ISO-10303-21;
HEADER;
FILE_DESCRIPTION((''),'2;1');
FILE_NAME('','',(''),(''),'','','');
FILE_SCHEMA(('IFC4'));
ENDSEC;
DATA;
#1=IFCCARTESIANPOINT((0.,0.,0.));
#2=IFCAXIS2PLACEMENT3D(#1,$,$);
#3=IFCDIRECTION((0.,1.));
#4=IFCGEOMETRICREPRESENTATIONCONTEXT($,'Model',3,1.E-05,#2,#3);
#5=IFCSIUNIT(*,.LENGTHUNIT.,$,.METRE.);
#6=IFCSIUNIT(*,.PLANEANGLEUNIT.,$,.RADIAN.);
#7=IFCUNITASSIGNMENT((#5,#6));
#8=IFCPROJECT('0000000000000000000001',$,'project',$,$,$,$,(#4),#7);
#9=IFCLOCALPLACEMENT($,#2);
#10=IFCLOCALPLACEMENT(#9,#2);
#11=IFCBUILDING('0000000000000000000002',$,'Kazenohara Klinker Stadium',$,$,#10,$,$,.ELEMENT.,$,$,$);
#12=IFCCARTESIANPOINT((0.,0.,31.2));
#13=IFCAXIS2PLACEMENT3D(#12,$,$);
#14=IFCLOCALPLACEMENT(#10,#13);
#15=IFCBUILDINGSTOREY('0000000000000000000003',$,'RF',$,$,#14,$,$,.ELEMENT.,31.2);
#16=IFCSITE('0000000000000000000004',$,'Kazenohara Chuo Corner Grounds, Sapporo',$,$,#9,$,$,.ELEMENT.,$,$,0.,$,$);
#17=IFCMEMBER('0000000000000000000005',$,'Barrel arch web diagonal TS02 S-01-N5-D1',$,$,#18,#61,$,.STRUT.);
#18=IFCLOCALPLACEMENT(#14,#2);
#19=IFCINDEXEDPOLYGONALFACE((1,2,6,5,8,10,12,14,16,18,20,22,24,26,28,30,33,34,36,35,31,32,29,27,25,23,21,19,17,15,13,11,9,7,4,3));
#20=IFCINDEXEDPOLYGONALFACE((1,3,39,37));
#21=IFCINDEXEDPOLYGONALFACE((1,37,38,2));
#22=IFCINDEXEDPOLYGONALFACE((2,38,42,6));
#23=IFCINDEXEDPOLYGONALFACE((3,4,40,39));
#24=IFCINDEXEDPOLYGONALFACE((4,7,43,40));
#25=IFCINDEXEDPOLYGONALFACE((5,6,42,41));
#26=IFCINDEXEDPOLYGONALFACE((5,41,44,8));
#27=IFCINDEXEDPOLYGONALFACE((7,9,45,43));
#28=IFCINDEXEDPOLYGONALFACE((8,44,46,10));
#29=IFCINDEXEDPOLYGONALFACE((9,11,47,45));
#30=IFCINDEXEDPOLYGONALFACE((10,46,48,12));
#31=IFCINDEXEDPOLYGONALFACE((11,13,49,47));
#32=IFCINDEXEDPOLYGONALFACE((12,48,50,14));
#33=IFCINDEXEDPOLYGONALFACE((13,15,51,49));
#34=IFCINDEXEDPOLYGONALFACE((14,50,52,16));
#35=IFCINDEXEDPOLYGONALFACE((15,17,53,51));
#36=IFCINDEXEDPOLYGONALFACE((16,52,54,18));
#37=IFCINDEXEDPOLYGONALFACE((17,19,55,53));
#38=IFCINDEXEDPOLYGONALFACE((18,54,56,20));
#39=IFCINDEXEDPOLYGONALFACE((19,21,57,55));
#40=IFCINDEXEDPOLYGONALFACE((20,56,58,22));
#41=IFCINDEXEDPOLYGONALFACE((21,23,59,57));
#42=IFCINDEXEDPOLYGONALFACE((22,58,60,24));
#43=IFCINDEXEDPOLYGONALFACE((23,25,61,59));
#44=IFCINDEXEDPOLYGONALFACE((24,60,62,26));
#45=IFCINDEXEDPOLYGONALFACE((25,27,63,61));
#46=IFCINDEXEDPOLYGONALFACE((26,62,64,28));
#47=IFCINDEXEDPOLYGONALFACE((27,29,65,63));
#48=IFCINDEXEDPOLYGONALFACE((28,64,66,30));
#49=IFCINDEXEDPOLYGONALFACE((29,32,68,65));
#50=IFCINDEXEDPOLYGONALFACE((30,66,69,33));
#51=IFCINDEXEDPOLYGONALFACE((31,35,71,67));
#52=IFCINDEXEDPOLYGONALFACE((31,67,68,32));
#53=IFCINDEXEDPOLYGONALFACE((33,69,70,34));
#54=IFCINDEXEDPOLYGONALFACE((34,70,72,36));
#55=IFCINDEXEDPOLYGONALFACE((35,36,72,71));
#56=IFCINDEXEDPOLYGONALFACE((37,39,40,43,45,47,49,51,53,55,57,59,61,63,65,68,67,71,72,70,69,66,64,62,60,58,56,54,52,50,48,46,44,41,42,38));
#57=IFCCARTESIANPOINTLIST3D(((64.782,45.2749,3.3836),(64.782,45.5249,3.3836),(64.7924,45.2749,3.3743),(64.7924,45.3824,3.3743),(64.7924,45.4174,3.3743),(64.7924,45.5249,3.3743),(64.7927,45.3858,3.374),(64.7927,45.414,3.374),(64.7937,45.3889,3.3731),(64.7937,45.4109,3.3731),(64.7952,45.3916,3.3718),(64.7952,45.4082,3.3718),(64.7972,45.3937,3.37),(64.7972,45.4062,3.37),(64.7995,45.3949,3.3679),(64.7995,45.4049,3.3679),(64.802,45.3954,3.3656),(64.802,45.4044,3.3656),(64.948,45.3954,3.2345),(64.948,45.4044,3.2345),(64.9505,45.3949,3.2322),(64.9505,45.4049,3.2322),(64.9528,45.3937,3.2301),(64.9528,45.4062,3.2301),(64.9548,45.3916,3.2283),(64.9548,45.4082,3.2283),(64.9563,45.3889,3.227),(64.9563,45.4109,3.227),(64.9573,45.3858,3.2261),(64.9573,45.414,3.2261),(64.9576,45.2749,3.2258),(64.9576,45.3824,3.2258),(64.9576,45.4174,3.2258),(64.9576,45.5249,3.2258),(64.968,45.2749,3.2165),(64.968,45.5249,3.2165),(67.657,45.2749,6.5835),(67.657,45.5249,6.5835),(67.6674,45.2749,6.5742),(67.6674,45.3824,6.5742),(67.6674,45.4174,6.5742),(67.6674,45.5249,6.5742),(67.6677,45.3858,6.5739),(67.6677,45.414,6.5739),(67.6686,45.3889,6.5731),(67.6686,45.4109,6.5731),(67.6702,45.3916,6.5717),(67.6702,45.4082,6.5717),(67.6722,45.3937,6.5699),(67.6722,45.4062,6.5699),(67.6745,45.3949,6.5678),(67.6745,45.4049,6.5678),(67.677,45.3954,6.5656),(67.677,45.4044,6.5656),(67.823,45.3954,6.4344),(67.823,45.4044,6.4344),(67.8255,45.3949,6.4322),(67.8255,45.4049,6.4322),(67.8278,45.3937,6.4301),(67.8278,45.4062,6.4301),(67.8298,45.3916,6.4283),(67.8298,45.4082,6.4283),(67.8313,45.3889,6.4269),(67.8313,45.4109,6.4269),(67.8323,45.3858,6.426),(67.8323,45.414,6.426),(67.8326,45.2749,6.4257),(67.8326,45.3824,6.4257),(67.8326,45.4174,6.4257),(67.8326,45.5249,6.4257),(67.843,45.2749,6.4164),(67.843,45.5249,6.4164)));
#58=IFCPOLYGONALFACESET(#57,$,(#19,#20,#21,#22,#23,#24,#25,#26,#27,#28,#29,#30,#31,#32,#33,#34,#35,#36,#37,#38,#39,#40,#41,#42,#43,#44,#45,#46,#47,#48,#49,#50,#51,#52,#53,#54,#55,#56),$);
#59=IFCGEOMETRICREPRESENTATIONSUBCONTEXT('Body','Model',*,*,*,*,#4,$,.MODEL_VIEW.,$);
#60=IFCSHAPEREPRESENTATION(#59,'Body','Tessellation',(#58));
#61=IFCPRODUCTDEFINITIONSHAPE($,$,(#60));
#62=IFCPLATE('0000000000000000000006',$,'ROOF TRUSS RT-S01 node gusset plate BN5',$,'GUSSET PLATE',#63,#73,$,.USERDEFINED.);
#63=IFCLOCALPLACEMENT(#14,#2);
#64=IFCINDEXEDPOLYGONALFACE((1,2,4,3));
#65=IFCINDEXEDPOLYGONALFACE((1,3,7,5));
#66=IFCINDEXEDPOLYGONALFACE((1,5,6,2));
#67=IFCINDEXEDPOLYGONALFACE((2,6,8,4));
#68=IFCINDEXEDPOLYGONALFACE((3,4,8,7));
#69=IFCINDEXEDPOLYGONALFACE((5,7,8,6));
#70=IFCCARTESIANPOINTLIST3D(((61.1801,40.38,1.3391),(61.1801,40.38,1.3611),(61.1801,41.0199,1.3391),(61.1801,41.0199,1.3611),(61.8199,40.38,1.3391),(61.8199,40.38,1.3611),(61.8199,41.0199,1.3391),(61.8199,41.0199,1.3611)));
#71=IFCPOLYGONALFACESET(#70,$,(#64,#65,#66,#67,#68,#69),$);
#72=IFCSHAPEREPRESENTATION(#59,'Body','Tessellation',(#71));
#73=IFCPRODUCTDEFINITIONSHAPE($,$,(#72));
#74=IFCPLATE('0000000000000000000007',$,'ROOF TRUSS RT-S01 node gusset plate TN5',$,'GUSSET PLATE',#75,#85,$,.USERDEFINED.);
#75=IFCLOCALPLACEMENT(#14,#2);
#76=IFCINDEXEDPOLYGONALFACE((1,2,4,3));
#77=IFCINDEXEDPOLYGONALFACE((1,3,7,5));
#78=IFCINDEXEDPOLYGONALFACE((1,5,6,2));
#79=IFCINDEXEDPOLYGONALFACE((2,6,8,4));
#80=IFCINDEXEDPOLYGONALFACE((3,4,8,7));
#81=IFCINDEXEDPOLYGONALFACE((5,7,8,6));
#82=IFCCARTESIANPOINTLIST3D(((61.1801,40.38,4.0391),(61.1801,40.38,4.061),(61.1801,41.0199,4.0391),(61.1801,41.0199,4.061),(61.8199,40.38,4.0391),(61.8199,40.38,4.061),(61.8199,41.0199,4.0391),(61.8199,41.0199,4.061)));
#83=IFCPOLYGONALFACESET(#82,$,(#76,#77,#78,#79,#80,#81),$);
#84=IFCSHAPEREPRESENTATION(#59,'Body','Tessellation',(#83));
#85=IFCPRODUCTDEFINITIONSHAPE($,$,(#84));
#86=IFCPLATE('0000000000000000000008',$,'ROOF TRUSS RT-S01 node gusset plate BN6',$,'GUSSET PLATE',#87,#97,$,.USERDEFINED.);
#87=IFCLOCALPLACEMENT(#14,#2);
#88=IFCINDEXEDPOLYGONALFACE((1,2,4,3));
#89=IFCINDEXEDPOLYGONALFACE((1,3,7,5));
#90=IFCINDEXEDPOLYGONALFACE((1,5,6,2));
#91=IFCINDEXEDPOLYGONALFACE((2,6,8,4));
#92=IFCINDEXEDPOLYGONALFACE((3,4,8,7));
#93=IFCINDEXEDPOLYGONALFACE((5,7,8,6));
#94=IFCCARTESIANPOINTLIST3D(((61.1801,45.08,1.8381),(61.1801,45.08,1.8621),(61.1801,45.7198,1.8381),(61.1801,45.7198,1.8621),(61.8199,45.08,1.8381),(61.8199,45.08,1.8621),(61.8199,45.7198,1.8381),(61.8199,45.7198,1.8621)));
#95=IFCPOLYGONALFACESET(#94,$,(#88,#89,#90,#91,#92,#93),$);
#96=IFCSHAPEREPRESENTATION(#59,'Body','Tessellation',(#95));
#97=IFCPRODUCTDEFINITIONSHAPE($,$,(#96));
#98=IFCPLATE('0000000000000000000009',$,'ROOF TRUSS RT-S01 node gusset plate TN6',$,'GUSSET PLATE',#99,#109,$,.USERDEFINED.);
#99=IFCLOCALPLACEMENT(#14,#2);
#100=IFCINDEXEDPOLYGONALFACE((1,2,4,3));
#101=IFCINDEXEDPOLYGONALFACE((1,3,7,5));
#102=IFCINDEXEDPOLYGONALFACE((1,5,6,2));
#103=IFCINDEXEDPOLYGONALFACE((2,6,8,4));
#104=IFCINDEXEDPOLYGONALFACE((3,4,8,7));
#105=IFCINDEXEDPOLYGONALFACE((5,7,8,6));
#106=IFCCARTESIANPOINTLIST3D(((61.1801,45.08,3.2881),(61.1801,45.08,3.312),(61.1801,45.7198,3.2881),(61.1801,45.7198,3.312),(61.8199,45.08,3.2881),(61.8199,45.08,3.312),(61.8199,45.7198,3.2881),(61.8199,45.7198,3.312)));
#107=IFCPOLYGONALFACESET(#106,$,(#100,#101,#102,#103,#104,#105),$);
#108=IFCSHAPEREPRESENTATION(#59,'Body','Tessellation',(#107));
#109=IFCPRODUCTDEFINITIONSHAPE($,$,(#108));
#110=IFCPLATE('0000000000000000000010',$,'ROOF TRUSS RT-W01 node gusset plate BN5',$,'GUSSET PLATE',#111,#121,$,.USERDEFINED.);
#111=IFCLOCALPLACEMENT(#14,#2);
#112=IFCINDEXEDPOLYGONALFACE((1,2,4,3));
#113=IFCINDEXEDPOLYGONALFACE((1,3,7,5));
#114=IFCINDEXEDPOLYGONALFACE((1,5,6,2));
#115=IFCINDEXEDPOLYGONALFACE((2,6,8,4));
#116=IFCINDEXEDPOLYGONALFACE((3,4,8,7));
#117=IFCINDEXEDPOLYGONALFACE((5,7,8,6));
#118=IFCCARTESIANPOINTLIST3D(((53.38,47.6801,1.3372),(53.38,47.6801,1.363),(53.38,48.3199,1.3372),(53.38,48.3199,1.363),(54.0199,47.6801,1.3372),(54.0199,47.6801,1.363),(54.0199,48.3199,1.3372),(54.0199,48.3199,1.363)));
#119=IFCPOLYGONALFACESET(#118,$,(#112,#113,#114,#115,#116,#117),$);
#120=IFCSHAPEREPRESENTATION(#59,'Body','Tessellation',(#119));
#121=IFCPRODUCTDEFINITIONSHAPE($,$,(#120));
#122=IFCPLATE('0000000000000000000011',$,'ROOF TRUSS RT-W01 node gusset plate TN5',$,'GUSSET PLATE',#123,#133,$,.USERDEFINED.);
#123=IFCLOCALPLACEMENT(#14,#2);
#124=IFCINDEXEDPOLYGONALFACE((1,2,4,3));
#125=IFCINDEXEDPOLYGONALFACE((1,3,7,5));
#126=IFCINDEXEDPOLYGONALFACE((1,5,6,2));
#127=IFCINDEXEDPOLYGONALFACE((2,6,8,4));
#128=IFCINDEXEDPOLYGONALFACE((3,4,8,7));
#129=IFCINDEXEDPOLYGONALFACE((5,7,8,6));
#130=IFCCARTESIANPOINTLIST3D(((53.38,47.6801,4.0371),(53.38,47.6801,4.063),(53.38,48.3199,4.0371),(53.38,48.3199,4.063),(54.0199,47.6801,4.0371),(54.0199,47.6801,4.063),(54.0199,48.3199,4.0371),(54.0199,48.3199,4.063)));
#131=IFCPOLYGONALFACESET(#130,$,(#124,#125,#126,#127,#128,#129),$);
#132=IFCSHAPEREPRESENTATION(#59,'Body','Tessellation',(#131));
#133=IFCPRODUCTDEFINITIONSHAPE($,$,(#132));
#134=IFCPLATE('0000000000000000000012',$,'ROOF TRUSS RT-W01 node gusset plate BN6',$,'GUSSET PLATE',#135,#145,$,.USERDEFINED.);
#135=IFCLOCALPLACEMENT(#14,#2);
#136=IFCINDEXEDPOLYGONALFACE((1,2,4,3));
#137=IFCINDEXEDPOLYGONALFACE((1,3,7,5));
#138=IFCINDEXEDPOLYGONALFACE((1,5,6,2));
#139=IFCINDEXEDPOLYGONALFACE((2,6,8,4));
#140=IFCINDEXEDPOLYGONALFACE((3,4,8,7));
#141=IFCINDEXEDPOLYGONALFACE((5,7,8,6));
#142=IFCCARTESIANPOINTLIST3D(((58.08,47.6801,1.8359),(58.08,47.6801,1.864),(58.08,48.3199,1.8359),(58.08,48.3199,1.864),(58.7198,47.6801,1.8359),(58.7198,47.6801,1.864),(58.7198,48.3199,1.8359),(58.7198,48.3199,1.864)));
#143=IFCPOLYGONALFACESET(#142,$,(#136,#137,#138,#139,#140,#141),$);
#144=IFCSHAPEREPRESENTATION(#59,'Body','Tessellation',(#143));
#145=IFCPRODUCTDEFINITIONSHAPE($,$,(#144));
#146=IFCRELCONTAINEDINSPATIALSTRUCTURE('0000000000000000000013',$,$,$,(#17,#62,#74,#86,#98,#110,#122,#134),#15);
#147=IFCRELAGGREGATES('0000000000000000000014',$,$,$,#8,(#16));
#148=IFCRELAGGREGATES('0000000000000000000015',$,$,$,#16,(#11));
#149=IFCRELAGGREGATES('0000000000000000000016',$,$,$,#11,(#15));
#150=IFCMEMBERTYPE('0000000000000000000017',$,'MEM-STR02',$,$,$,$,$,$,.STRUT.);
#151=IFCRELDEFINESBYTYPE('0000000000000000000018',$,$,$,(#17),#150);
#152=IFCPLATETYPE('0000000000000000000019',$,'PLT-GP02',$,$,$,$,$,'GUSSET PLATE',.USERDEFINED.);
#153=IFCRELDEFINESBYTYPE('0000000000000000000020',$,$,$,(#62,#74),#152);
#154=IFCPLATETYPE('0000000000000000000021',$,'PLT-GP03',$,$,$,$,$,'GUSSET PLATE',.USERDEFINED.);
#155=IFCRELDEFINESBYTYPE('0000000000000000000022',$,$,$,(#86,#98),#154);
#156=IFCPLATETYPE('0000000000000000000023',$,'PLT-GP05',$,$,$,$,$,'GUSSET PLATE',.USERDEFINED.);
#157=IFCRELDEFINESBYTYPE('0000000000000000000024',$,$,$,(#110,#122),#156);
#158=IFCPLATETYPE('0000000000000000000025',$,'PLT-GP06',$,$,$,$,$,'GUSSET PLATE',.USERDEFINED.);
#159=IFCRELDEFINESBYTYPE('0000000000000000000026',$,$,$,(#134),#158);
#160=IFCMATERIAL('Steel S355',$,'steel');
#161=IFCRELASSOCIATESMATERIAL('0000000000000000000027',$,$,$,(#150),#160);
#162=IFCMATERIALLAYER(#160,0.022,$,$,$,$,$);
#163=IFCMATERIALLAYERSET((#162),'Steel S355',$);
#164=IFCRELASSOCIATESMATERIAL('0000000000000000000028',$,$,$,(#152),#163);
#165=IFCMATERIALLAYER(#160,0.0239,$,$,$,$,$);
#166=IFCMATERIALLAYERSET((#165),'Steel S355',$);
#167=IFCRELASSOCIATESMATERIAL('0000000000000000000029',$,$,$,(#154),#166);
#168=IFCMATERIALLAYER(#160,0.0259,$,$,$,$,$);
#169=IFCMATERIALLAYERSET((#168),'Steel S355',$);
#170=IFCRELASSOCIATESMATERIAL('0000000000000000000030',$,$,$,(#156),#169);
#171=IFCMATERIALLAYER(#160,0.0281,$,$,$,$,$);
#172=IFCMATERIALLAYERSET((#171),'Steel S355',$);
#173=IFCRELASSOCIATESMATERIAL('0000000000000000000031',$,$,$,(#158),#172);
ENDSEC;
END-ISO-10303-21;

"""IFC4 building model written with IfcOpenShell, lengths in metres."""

from ifc_helpers import new_model, si_unit, direction, frame, origin, origin_2d, place, context, subcontext, project, spatial, rectangle, i_section, extrude, material, layer, layer_set, material_profile, profile_set, type_object, element, save


model = new_model("IFC4")

# Units and contexts
model_context = context("Model", 3, precision=1e-05, world=origin(), true_north=direction((0.0, 1.0)))
body_context = subcontext(model_context, "Body", "Model", "MODEL_VIEW")
ifc_project = project(units=[si_unit("LENGTHUNIT", "METRE"), si_unit("PLANEANGLEUNIT", "RADIAN")], contexts=[model_context])

# Site, building, storey
site_placement = place(None, origin())
site = spatial("IfcSite", under=ifc_project, at=site_placement, Name="Kazenohara Chuo Corner Grounds, Sapporo", CompositionType="ELEMENT", RefElevation=0.0)
building_placement = place(site_placement, origin())
building = spatial("IfcBuilding", under=site, at=building_placement, Name="Kazenohara Klinker Stadium", CompositionType="ELEMENT")
storey_placement = place(building_placement, frame((0.0, 0.0, 31.2)))
storey = spatial("IfcBuildingStorey", under=building, at=storey_placement, Name="RF", CompositionType="ELEMENT", Elevation=31.2)

# Member
ifc_material = material(Name="Steel S355", Category="steel")
ifc_material_profile_1 = material_profile(ifc_material, i_section(OverallWidth=0.25, OverallDepth=0.25, WebThickness=0.009, FlangeThickness=0.0139, FilletRadius=0.0129, at=origin_2d()), Name="H-250x250x9x14")
ifc_profile_set_1 = profile_set([ifc_material_profile_1], Name="Steel S355")
member_type_1 = type_object("IfcMemberType", Name="MEM-STR02", PredefinedType="STRUT", material=ifc_profile_set_1)
member_1_placement = place(storey_placement, frame((64.875, 45.3999, 3.3), z_axis=(0.668328, 0.0, 0.743867), x_axis=(0.0, 1.0, 0.0)))
element("IfcMember", 1, at=member_1_placement, inside=storey, type_object=member_type_1, Name="Barrel arch web diagonal TS02 S-01-N5-D1", PredefinedType="STRUT", context=body_context, shape_type="SweptSolid", body=[
    extrude(i_section(OverallWidth=0.25, OverallDepth=0.25, WebThickness=0.009, FlangeThickness=0.0139, FilletRadius=0.0129, at=origin_2d()), origin(), (0.0, 0.0, 1.0), 4.3018),
])

# Plates
ifc_layer_1 = layer(ifc_material, 0.022)
ifc_layer_set_1 = layer_set([ifc_layer_1], Name="Steel S355")
plate_type_1 = type_object("IfcPlateType", Name="PLT-GP02", ElementType="GUSSET PLATE", PredefinedType="USERDEFINED", material=ifc_layer_set_1)
for number, where, z_axis, x_axis, name in (
    (2, (61.5, 40.7, 1.3391), (0.0, 0.0, 1.0), (1.0, 0.0, 0.0), "ROOF TRUSS RT-S01 node gusset plate BN5"),
    (3, (61.5, 40.7, 4.0391), (0.0, 0.0, 1.0), (1.0, 0.0, 0.0), "ROOF TRUSS RT-S01 node gusset plate TN5"),
):
    element("IfcPlate", number, at=place(storey_placement, frame(where, z_axis=z_axis, x_axis=x_axis)), inside=storey, type_object=plate_type_1, Name=name, ObjectType="GUSSET PLATE", PredefinedType="USERDEFINED", context=body_context, shape_type="SweptSolid", body=[
        extrude(rectangle(XDim=0.6399, YDim=0.6399, at=origin_2d()), origin(), (0.0, 0.0, 1.0), 0.022),
    ])
ifc_layer_2 = layer(ifc_material, 0.0239)
ifc_layer_set_2 = layer_set([ifc_layer_2], Name="Steel S355")
plate_type_2 = type_object("IfcPlateType", Name="PLT-GP03", ElementType="GUSSET PLATE", PredefinedType="USERDEFINED", material=ifc_layer_set_2)
for number, where, z_axis, x_axis, name in (
    (4, (61.5, 45.3999, 1.8381), (0.0, 0.0, 1.0), (1.0, 0.0, 0.0), "ROOF TRUSS RT-S01 node gusset plate BN6"),
    (5, (61.5, 45.3999, 3.2881), (0.0, 0.0, 1.0), (1.0, 0.0, 0.0), "ROOF TRUSS RT-S01 node gusset plate TN6"),
):
    element("IfcPlate", number, at=place(storey_placement, frame(where, z_axis=z_axis, x_axis=x_axis)), inside=storey, type_object=plate_type_2, Name=name, ObjectType="GUSSET PLATE", PredefinedType="USERDEFINED", context=body_context, shape_type="SweptSolid", body=[
        extrude(rectangle(XDim=0.6399, YDim=0.6399, at=origin_2d()), origin(), (0.0, 0.0, 1.0), 0.0239),
    ])
ifc_layer_3 = layer(ifc_material, 0.0259)
ifc_layer_set_3 = layer_set([ifc_layer_3], Name="Steel S355")
plate_type_3 = type_object("IfcPlateType", Name="PLT-GP05", ElementType="GUSSET PLATE", PredefinedType="USERDEFINED", material=ifc_layer_set_3)
for number, where, z_axis, x_axis, name in (
    (6, (53.7, 48.0, 1.3372), (0.0, 0.0, 1.0), (1.0, 0.0, 0.0), "ROOF TRUSS RT-W01 node gusset plate BN5"),
    (7, (53.7, 48.0, 4.0371), (0.0, 0.0, 1.0), (1.0, 0.0, 0.0), "ROOF TRUSS RT-W01 node gusset plate TN5"),
):
    element("IfcPlate", number, at=place(storey_placement, frame(where, z_axis=z_axis, x_axis=x_axis)), inside=storey, type_object=plate_type_3, Name=name, ObjectType="GUSSET PLATE", PredefinedType="USERDEFINED", context=body_context, shape_type="SweptSolid", body=[
        extrude(rectangle(XDim=0.6399, YDim=0.6399, at=origin_2d()), origin(), (0.0, 0.0, 1.0), 0.0259),
    ])
ifc_layer_4 = layer(ifc_material, 0.0281)
ifc_layer_set_4 = layer_set([ifc_layer_4], Name="Steel S355")
plate_type_4 = type_object("IfcPlateType", Name="PLT-GP06", ElementType="GUSSET PLATE", PredefinedType="USERDEFINED", material=ifc_layer_set_4)
plate_placement = place(storey_placement, frame((58.3999, 48.0, 1.8359), z_axis=(0.0, 0.0, 1.0), x_axis=(1.0, 0.0, 0.0)))
element("IfcPlate", 8, at=plate_placement, inside=storey, type_object=plate_type_4, Name="ROOF TRUSS RT-W01 node gusset plate BN6", ObjectType="GUSSET PLATE", PredefinedType="USERDEFINED", context=body_context, shape_type="SweptSolid", body=[
    extrude(rectangle(XDim=0.6399, YDim=0.6399, at=origin_2d()), origin(), (0.0, 0.0, 1.0), 0.0281),
])

save(model, "model.ifc")
